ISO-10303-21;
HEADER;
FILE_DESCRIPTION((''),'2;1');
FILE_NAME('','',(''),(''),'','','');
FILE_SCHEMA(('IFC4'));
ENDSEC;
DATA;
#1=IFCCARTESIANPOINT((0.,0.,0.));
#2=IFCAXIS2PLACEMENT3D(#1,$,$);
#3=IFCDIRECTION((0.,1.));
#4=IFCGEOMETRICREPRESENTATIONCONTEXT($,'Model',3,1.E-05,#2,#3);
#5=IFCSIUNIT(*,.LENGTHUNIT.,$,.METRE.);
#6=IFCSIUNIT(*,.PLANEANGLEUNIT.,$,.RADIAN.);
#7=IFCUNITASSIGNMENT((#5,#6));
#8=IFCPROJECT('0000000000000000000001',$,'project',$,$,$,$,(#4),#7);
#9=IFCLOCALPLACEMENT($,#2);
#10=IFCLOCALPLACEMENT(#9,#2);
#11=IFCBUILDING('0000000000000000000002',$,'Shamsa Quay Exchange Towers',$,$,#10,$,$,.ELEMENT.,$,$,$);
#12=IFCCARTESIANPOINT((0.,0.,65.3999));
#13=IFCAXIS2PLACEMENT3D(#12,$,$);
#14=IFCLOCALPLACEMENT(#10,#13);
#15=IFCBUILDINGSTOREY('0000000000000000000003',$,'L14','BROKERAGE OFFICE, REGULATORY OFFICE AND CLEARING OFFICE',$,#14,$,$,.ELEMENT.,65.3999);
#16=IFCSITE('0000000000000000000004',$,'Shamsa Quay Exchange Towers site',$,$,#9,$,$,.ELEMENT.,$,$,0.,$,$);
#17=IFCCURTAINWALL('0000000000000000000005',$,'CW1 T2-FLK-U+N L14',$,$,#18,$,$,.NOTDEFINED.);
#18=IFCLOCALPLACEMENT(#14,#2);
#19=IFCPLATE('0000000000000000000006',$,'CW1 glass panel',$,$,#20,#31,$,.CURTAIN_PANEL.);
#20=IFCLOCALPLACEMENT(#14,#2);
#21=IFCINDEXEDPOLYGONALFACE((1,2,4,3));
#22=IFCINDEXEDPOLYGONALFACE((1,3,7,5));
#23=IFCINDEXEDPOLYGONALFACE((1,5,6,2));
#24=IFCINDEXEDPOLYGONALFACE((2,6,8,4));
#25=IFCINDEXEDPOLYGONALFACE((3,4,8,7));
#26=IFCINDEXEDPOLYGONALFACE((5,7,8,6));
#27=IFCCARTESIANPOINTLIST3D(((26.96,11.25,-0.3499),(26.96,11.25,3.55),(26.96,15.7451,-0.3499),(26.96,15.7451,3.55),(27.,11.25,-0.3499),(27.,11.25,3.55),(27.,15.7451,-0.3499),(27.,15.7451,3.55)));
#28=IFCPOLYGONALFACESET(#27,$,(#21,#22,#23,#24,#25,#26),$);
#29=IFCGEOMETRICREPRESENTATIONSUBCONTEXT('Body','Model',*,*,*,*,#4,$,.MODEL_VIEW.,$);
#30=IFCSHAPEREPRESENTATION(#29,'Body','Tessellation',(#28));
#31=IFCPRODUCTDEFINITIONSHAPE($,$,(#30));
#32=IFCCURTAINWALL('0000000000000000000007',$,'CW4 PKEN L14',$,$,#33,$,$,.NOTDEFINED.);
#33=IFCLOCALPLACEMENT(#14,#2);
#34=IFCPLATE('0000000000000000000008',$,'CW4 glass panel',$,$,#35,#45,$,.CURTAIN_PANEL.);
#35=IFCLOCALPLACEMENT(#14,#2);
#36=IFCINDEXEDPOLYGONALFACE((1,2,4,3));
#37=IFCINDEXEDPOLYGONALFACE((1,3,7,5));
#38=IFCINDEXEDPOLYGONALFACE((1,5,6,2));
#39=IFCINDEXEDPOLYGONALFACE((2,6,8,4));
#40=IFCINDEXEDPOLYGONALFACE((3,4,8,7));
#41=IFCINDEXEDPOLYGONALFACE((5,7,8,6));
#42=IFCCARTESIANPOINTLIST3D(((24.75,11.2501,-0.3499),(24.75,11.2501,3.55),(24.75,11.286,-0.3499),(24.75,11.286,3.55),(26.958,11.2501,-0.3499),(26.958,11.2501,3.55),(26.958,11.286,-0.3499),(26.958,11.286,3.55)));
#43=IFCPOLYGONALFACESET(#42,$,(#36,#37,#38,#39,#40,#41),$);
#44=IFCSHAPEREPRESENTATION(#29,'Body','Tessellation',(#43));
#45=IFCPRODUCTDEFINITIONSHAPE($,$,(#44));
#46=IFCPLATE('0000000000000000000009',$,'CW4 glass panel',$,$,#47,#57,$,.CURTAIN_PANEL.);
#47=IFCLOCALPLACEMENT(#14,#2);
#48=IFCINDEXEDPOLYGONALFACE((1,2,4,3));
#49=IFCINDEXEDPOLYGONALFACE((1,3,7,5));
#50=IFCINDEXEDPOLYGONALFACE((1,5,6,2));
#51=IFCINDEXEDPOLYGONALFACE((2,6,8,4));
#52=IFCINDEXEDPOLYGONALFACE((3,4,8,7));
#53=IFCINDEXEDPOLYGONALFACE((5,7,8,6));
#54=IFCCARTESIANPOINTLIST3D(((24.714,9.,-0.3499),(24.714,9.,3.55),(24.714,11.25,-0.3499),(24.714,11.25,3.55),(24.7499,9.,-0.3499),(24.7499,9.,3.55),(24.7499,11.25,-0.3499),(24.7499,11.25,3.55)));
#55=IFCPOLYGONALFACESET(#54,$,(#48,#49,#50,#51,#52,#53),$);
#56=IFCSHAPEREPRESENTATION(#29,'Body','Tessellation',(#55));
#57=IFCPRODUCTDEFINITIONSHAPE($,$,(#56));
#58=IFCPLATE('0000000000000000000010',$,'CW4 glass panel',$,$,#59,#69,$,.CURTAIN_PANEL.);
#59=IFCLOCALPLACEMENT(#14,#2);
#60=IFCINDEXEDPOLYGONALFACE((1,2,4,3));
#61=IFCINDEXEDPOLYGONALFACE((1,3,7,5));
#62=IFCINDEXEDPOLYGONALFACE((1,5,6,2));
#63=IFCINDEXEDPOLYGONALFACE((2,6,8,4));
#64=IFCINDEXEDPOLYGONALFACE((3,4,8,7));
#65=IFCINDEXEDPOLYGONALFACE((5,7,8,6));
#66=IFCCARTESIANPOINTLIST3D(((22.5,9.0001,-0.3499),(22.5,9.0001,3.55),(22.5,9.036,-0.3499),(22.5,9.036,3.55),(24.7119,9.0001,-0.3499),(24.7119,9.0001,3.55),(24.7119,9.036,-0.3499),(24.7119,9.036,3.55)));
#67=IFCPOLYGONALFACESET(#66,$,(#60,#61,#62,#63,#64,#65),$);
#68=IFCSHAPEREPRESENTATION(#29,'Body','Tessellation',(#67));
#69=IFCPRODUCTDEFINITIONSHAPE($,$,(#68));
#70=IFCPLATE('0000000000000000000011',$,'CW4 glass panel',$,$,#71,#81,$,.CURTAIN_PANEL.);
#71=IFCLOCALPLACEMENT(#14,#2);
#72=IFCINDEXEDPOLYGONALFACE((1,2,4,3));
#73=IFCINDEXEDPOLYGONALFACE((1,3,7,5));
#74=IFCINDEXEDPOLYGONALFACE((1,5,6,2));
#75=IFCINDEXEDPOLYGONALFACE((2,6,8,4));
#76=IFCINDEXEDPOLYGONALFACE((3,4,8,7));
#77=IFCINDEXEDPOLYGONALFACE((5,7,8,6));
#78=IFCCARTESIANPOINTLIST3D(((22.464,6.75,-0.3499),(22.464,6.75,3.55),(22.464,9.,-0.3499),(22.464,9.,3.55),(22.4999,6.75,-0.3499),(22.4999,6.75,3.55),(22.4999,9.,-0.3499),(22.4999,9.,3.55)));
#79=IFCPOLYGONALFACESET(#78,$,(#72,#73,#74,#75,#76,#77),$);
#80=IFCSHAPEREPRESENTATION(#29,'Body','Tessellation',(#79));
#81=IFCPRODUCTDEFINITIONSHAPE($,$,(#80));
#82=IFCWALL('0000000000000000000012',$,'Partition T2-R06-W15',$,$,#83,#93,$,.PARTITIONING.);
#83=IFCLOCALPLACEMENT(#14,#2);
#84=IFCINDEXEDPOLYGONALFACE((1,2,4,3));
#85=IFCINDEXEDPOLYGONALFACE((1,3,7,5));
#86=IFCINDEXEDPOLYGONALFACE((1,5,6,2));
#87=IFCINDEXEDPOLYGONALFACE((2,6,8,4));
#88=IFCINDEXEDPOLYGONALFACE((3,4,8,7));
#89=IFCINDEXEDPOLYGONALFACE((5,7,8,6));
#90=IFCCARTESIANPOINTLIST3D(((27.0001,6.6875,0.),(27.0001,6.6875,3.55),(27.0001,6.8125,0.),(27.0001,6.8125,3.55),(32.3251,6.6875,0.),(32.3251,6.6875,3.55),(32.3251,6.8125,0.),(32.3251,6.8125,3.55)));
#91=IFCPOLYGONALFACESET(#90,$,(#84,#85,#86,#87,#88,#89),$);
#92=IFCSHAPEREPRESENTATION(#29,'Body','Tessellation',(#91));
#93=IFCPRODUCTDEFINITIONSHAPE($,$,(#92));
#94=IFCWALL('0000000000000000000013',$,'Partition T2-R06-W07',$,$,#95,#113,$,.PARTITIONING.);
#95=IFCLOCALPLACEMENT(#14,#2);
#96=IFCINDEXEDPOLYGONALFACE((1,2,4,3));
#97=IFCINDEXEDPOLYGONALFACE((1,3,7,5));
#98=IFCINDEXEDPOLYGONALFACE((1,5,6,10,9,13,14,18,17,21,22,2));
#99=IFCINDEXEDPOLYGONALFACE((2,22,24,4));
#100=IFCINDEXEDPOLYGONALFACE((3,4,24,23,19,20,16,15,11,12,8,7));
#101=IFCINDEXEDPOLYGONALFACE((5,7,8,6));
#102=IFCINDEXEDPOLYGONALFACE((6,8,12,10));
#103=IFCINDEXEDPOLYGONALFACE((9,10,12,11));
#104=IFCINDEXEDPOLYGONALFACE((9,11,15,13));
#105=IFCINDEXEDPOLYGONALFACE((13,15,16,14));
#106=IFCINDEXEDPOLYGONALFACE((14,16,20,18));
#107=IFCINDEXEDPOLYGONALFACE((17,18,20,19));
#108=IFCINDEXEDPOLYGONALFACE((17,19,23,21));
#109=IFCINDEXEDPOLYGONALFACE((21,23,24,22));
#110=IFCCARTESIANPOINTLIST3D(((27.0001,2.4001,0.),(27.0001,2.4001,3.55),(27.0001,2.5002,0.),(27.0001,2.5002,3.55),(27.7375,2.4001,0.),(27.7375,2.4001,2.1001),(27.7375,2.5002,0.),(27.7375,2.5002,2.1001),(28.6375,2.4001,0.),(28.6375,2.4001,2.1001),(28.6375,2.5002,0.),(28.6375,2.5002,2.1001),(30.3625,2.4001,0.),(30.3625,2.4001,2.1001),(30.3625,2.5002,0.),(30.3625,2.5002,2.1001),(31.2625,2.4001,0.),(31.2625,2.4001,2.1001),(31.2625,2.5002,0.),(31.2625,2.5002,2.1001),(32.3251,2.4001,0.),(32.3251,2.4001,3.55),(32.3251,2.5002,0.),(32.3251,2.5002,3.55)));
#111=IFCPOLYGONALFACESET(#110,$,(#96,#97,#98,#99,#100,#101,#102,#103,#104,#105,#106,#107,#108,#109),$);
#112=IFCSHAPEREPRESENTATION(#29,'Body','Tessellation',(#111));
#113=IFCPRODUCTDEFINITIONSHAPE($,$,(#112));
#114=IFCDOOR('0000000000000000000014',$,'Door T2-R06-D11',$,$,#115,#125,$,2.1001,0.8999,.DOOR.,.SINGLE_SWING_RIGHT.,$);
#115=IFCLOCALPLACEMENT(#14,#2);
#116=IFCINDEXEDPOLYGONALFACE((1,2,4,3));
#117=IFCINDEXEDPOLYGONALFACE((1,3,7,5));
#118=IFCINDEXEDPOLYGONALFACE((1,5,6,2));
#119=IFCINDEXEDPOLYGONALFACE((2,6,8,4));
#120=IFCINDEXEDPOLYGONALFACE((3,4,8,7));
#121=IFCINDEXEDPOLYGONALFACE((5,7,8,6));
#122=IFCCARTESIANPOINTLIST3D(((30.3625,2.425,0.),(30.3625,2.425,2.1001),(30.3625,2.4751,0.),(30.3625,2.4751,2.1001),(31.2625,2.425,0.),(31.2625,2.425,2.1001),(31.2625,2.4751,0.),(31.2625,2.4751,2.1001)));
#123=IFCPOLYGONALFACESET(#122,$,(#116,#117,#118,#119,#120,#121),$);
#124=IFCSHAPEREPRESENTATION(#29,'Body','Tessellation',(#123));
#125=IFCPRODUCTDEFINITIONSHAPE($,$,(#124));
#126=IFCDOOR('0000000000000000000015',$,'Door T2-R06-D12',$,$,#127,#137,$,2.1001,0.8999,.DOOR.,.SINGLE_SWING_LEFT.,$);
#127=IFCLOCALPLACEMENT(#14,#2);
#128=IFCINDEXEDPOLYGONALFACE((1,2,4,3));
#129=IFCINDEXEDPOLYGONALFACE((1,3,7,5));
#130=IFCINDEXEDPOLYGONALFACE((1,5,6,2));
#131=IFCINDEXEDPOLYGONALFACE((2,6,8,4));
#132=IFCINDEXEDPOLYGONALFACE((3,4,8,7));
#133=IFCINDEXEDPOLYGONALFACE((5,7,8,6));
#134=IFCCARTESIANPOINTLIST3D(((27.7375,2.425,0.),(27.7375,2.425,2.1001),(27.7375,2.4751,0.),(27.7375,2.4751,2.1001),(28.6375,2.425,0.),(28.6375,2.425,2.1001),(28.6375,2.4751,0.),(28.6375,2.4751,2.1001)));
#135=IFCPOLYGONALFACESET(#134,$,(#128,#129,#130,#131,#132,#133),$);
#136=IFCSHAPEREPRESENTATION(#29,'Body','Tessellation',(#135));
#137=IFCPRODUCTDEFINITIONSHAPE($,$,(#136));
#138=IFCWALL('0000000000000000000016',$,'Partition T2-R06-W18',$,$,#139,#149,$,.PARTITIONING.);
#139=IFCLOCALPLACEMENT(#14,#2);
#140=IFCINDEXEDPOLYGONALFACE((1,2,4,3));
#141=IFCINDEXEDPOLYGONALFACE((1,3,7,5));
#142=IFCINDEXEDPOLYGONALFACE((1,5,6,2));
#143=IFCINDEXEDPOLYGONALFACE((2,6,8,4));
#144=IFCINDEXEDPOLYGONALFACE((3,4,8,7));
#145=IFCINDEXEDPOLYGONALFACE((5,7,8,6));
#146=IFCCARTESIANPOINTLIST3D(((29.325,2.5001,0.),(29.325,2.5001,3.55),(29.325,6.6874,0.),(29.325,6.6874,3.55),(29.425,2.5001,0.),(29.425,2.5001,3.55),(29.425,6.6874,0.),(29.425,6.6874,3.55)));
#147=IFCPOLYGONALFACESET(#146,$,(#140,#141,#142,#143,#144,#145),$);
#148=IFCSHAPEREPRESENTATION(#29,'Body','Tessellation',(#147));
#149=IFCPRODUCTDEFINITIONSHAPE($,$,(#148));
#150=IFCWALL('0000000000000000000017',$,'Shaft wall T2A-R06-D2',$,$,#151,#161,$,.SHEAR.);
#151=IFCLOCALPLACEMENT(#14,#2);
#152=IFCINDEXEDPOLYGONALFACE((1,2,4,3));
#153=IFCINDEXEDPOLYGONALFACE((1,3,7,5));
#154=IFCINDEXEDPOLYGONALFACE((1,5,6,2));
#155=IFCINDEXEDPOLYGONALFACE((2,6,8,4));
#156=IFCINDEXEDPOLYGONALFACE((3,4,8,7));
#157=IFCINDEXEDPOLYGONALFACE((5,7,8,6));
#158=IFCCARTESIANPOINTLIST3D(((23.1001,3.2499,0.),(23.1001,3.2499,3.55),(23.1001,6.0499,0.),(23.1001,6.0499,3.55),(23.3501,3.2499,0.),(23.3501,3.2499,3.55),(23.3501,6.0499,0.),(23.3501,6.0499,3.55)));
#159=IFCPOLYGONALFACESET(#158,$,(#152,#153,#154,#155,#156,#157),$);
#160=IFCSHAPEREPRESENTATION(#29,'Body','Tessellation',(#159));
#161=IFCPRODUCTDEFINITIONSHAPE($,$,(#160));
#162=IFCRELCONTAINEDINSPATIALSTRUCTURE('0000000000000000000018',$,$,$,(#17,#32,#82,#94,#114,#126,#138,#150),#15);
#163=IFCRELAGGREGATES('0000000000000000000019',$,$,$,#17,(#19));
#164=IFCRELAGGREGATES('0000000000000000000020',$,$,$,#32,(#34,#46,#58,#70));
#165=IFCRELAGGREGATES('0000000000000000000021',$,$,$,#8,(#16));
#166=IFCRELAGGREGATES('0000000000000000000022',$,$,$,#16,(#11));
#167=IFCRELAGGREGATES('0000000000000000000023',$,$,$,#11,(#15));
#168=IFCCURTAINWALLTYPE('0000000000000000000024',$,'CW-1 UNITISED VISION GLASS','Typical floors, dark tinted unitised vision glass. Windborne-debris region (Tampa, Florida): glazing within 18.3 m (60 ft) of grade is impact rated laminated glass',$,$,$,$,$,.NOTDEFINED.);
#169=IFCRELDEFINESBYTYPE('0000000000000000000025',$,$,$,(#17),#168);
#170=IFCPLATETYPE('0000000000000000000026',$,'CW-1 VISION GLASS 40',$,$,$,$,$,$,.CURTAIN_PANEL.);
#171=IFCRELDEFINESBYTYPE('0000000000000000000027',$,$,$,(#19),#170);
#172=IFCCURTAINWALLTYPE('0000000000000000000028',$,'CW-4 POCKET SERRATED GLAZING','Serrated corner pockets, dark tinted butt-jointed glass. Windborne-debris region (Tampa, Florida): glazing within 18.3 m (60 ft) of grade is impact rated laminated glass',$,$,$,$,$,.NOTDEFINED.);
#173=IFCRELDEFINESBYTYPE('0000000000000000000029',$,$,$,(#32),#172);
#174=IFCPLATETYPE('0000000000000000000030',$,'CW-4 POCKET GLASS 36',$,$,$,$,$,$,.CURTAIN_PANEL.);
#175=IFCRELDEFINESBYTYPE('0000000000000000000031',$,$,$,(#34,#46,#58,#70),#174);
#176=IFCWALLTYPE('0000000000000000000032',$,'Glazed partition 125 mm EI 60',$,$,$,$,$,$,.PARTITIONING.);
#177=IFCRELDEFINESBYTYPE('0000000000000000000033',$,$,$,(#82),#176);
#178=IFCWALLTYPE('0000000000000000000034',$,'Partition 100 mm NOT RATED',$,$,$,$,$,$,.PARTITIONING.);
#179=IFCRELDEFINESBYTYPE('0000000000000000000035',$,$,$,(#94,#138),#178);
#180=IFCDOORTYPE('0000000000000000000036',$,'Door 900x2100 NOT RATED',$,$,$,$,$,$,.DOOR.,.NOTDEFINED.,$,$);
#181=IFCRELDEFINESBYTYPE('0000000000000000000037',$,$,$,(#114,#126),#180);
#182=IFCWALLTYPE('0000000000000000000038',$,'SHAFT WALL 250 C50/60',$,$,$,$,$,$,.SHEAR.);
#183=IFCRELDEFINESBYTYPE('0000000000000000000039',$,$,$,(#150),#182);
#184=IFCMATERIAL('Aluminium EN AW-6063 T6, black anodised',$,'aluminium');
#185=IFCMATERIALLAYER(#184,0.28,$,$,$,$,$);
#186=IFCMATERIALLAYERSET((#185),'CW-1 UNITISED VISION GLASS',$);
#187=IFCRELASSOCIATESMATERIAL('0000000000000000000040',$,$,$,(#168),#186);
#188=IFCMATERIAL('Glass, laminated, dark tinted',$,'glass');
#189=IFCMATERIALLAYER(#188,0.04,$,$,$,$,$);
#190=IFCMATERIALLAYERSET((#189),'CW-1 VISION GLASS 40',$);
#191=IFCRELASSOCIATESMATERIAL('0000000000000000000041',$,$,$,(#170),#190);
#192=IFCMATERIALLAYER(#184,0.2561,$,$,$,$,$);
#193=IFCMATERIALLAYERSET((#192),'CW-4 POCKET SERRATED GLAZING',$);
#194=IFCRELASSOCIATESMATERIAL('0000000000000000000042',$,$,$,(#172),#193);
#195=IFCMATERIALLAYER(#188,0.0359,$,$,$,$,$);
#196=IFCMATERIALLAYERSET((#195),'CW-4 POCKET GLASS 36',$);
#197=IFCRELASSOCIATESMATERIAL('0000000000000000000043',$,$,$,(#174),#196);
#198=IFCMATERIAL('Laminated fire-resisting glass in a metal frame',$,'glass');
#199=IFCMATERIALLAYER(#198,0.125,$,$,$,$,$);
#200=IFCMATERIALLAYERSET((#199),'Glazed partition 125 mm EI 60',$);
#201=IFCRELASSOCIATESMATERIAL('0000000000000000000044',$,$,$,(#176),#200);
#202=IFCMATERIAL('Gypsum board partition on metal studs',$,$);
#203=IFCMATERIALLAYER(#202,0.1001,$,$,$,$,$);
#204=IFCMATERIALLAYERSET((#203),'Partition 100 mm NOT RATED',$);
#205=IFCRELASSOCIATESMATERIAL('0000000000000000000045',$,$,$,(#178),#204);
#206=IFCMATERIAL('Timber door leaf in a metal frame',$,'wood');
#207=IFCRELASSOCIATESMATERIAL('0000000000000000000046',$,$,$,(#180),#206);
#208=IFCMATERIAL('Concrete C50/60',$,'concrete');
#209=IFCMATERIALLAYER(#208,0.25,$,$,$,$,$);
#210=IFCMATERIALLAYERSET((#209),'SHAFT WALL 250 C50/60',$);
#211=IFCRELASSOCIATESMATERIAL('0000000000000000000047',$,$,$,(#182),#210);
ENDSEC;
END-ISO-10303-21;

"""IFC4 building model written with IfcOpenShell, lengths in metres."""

from ifc_helpers import new_model, si_unit, direction, frame, frame_2d, origin, origin_2d, place, context, subcontext, project, spatial, rectangle, extrude, material, layer, layer_set, type_object, element, fill, aggregate, save


model = new_model("IFC4")

# Units and contexts
model_context = context("Model", 3, precision=1e-05, world=origin(), true_north=direction((0.0, 1.0)))
body_context = subcontext(model_context, "Body", "Model", "MODEL_VIEW")
ifc_project = project(units=[si_unit("LENGTHUNIT", "METRE"), si_unit("PLANEANGLEUNIT", "RADIAN")], contexts=[model_context])

# Site, building, storey
site_placement = place(None, origin())
site = spatial("IfcSite", under=ifc_project, at=site_placement, Name="Shamsa Quay Exchange Towers site", CompositionType="ELEMENT", RefElevation=0.0)
building_placement = place(site_placement, origin())
building = spatial("IfcBuilding", under=site, at=building_placement, Name="Shamsa Quay Exchange Towers", CompositionType="ELEMENT")
storey_placement = place(building_placement, frame((0.0, 0.0, 65.3999)))
storey = spatial("IfcBuildingStorey", under=building, at=storey_placement, Name="L14", Description="BROKERAGE OFFICE, REGULATORY OFFICE AND CLEARING OFFICE", CompositionType="ELEMENT", Elevation=65.3999)

# Shared definitions
ifc_material_1 = material(Name="Aluminium EN AW-6063 T6, black anodised", Category="aluminium")
ifc_layer_1 = layer(ifc_material_1, 0.28)
ifc_layer_set_1 = layer_set([ifc_layer_1], Name="CW-1 UNITISED VISION GLASS")
curtain_wall_type_1 = type_object("IfcCurtainWallType", Name="CW-1 UNITISED VISION GLASS", Description="Typical floors, dark tinted unitised vision glass. Windborne-debris region (Tampa, Florida): glazing within 18.3 m (60 ft) of grade is impact rated laminated glass", PredefinedType="NOTDEFINED", material=ifc_layer_set_1)

# Curtain wall
curtain_wall_1_placement = place(storey_placement, origin())
curtain_wall_1 = element("IfcCurtainWall", 1, at=curtain_wall_1_placement, inside=storey, type_object=curtain_wall_type_1, Name="CW1 T2-FLK-U+N L14", PredefinedType="NOTDEFINED")

# Plate
ifc_material_2 = material(Name="Glass, laminated, dark tinted", Category="glass")
ifc_layer_2 = layer(ifc_material_2, 0.04)
ifc_layer_set_2 = layer_set([ifc_layer_2], Name="CW-1 VISION GLASS 40")
plate_type_1 = type_object("IfcPlateType", Name="CW-1 VISION GLASS 40", PredefinedType="CURTAIN_PANEL", material=ifc_layer_set_2)
plate_1_placement = place(storey_placement, frame((26.98, 13.4976, -0.3499), z_axis=(0.0, 0.0, 1.0), x_axis=(0.0, -1.0, 0.0)))
plate_1 = element("IfcPlate", 2, at=plate_1_placement, type_object=plate_type_1, Name="CW1 glass panel", PredefinedType="CURTAIN_PANEL", context=body_context, shape_type="SweptSolid", body=[
    extrude(rectangle(XDim=4.4951, YDim=0.04, at=origin_2d()), origin(), (0.0, 0.0, 1.0), 3.8999),
])
aggregate(curtain_wall_1, [plate_1])

# Curtain wall, plates
ifc_layer_3 = layer(ifc_material_1, 0.2561)
ifc_layer_set_3 = layer_set([ifc_layer_3], Name="CW-4 POCKET SERRATED GLAZING")
curtain_wall_type_2 = type_object("IfcCurtainWallType", Name="CW-4 POCKET SERRATED GLAZING", Description="Serrated corner pockets, dark tinted butt-jointed glass. Windborne-debris region (Tampa, Florida): glazing within 18.3 m (60 ft) of grade is impact rated laminated glass", PredefinedType="NOTDEFINED", material=ifc_layer_set_3)
curtain_wall_2_placement = place(storey_placement, origin())
curtain_wall_2 = element("IfcCurtainWall", 3, at=curtain_wall_2_placement, inside=storey, type_object=curtain_wall_type_2, Name="CW4 PKEN L14", PredefinedType="NOTDEFINED")
ifc_layer_4 = layer(ifc_material_2, 0.0359)
ifc_layer_set_4 = layer_set([ifc_layer_4], Name="CW-4 POCKET GLASS 36")
plate_type_2 = type_object("IfcPlateType", Name="CW-4 POCKET GLASS 36", PredefinedType="CURTAIN_PANEL", material=ifc_layer_set_4)
plate_2_placement = place(storey_placement, frame((25.854, 11.2681, -0.3499), z_axis=(0.0, 0.0, 1.0), x_axis=(-1.0, 0.0, 0.0)))
plate_2 = element("IfcPlate", 4, at=plate_2_placement, type_object=plate_type_2, Name="CW4 glass panel", PredefinedType="CURTAIN_PANEL", context=body_context, shape_type="SweptSolid", body=[
    extrude(rectangle(XDim=2.208, YDim=0.0359, at=origin_2d()), origin(), (0.0, 0.0, 1.0), 3.8999),
])
plate_3_placement = place(storey_placement, frame((24.7319, 10.125, -0.3499), z_axis=(0.0, 0.0, 1.0), x_axis=(0.0, -1.0, 0.0)))
plate_3 = element("IfcPlate", 5, at=plate_3_placement, type_object=plate_type_2, Name="CW4 glass panel", PredefinedType="CURTAIN_PANEL", context=body_context, shape_type="SweptSolid", body=[
    extrude(rectangle(XDim=2.25, YDim=0.0359, at=origin_2d()), origin(), (0.0, 0.0, 1.0), 3.8999),
])
plate_4_placement = place(storey_placement, frame((23.606, 9.0181, -0.3499), z_axis=(0.0, 0.0, 1.0), x_axis=(-1.0, 0.0, 0.0)))
plate_4 = element("IfcPlate", 6, at=plate_4_placement, type_object=plate_type_2, Name="CW4 glass panel", PredefinedType="CURTAIN_PANEL", context=body_context, shape_type="SweptSolid", body=[
    extrude(rectangle(XDim=2.2119, YDim=0.0359, at=origin_2d()), origin(), (0.0, 0.0, 1.0), 3.8999),
])
plate_5_placement = place(storey_placement, frame((22.4819, 7.875, -0.3499), z_axis=(0.0, 0.0, 1.0), x_axis=(0.0, -1.0, 0.0)))
plate_5 = element("IfcPlate", 7, at=plate_5_placement, type_object=plate_type_2, Name="CW4 glass panel", PredefinedType="CURTAIN_PANEL", context=body_context, shape_type="SweptSolid", body=[
    extrude(rectangle(XDim=2.25, YDim=0.0359, at=origin_2d()), origin(), (0.0, 0.0, 1.0), 3.8999),
])
aggregate(curtain_wall_2, [plate_2, plate_3, plate_4, plate_5])

# Wall
ifc_material_3 = material(Name="Laminated fire-resisting glass in a metal frame", Category="glass")
ifc_layer_5 = layer(ifc_material_3, 0.125)
ifc_layer_set_5 = layer_set([ifc_layer_5], Name="Glazed partition 125 mm EI 60")
wall_type_1 = type_object("IfcWallType", Name="Glazed partition 125 mm EI 60", PredefinedType="PARTITIONING", material=ifc_layer_set_5)
wall_1_placement = place(storey_placement, frame((27.0, 6.75, 0.0)))
element("IfcWall", 8, at=wall_1_placement, inside=storey, type_object=wall_type_1, Name="Partition T2-R06-W15", PredefinedType="PARTITIONING", context=body_context, shape_type="SweptSolid", body=[
    extrude(rectangle(XDim=5.325, YDim=0.125, at=frame_2d((2.6626, 0.0))), origin(), (0.0, 0.0, 1.0), 3.55),
])

# Wall, openings, doors
ifc_material_4 = material(Name="Gypsum board partition on metal studs")
ifc_layer_6 = layer(ifc_material_4, 0.1001)
ifc_layer_set_6 = layer_set([ifc_layer_6], Name="Partition 100 mm NOT RATED")
wall_type_2 = type_object("IfcWallType", Name="Partition 100 mm NOT RATED", PredefinedType="PARTITIONING", material=ifc_layer_set_6)
wall_2_placement = place(storey_placement, frame((27.0, 2.4502, 0.0)))
wall_2 = element("IfcWall", 9, at=wall_2_placement, inside=storey, type_object=wall_type_2, Name="Partition T2-R06-W07", PredefinedType="PARTITIONING", context=body_context, shape_type="SweptSolid", body=[
    extrude(rectangle(XDim=5.325, YDim=0.1001, at=frame_2d((2.6626, 0.0))), origin(), (0.0, 0.0, 1.0), 3.55),
])
opening_1_placement = place(wall_2_placement, frame((3.3625, 0.0, 0.0)))
opening_1 = element("IfcOpeningElement", 10, at=opening_1_placement, cuts=wall_2, PredefinedType="OPENING", context=body_context, shape_type="SweptSolid", body=[
    extrude(rectangle(XDim=0.8999, YDim=2.1001, at=frame_2d((0.45, 1.05))), frame((0.0, 0.0601, 0.0), z_axis=(0.0, -1.0, 0.0), x_axis=(1.0, 0.0, 0.0)), (0.0, 0.0, 1.0), 0.1201),
])
opening_2_placement = place(wall_2_placement, frame((0.7375, 0.0, 0.0)))
opening_2 = element("IfcOpeningElement", 11, at=opening_2_placement, cuts=wall_2, PredefinedType="OPENING", context=body_context, shape_type="SweptSolid", body=[
    extrude(rectangle(XDim=0.8999, YDim=2.1001, at=frame_2d((0.45, 1.05))), frame((0.0, 0.0601, 0.0), z_axis=(0.0, -1.0, 0.0), x_axis=(1.0, 0.0, 0.0)), (0.0, 0.0, 1.0), 0.1201),
])
ifc_material_5 = material(Name="Timber door leaf in a metal frame", Category="wood")
door_type_1 = type_object("IfcDoorType", Name="Door 900x2100 NOT RATED", OperationType="NOTDEFINED", PredefinedType="DOOR", material=ifc_material_5)
door_1_placement = place(opening_1_placement, origin())
door_1 = element("IfcDoor", 12, at=door_1_placement, inside=storey, type_object=door_type_1, Name="Door T2-R06-D11", OperationType="SINGLE_SWING_RIGHT", OverallHeight=2.1001, OverallWidth=0.8999, PredefinedType="DOOR", context=body_context, shape_type="SweptSolid", body=[
    extrude(rectangle(XDim=0.8999, YDim=2.1001, at=frame_2d((0.45, 1.05))), frame((0.0, 0.0249, 0.0), z_axis=(0.0, -1.0, 0.0), x_axis=(1.0, 0.0, 0.0)), (0.0, 0.0, 1.0), 0.05),
])
fill(opening_1, door_1)
door_2_placement = place(opening_2_placement, origin())
door_2 = element("IfcDoor", 13, at=door_2_placement, inside=storey, type_object=door_type_1, Name="Door T2-R06-D12", OperationType="SINGLE_SWING_LEFT", OverallHeight=2.1001, OverallWidth=0.8999, PredefinedType="DOOR", context=body_context, shape_type="SweptSolid", body=[
    extrude(rectangle(XDim=0.8999, YDim=2.1001, at=frame_2d((0.45, 1.05))), frame((0.0, 0.0249, 0.0), z_axis=(0.0, -1.0, 0.0), x_axis=(1.0, 0.0, 0.0)), (0.0, 0.0, 1.0), 0.05),
])
fill(opening_2, door_2)

# Walls
wall_3_placement = place(storey_placement, frame((29.375, 6.6875, 0.0), z_axis=(0.0, 0.0, 1.0), x_axis=(0.0, -1.0, 0.0)))
element("IfcWall", 14, at=wall_3_placement, inside=storey, type_object=wall_type_2, Name="Partition T2-R06-W18", PredefinedType="PARTITIONING", context=body_context, shape_type="SweptSolid", body=[
    extrude(rectangle(XDim=4.1873, YDim=0.1001, at=frame_2d((2.0938, 0.0))), origin(), (0.0, 0.0, 1.0), 3.55),
])
ifc_material_6 = material(Name="Concrete C50/60", Category="concrete")
ifc_layer_7 = layer(ifc_material_6, 0.25)
ifc_layer_set_7 = layer_set([ifc_layer_7], Name="SHAFT WALL 250 C50/60")
wall_type_3 = type_object("IfcWallType", Name="SHAFT WALL 250 C50/60", PredefinedType="SHEAR", material=ifc_layer_set_7)
wall_4_placement = place(storey_placement, frame((23.2251, 3.25, 0.0), z_axis=(0.0, 0.0, 1.0), x_axis=(0.0, 1.0, 0.0)))
element("IfcWall", 15, at=wall_4_placement, inside=storey, type_object=wall_type_3, Name="Shaft wall T2A-R06-D2", PredefinedType="SHEAR", context=body_context, shape_type="SweptSolid", body=[
    extrude(rectangle(XDim=2.8, YDim=0.25, at=frame_2d((1.3999, 0.0))), origin(), (0.0, 0.0, 1.0), 3.55),
])

save(model, "model.ifc")
